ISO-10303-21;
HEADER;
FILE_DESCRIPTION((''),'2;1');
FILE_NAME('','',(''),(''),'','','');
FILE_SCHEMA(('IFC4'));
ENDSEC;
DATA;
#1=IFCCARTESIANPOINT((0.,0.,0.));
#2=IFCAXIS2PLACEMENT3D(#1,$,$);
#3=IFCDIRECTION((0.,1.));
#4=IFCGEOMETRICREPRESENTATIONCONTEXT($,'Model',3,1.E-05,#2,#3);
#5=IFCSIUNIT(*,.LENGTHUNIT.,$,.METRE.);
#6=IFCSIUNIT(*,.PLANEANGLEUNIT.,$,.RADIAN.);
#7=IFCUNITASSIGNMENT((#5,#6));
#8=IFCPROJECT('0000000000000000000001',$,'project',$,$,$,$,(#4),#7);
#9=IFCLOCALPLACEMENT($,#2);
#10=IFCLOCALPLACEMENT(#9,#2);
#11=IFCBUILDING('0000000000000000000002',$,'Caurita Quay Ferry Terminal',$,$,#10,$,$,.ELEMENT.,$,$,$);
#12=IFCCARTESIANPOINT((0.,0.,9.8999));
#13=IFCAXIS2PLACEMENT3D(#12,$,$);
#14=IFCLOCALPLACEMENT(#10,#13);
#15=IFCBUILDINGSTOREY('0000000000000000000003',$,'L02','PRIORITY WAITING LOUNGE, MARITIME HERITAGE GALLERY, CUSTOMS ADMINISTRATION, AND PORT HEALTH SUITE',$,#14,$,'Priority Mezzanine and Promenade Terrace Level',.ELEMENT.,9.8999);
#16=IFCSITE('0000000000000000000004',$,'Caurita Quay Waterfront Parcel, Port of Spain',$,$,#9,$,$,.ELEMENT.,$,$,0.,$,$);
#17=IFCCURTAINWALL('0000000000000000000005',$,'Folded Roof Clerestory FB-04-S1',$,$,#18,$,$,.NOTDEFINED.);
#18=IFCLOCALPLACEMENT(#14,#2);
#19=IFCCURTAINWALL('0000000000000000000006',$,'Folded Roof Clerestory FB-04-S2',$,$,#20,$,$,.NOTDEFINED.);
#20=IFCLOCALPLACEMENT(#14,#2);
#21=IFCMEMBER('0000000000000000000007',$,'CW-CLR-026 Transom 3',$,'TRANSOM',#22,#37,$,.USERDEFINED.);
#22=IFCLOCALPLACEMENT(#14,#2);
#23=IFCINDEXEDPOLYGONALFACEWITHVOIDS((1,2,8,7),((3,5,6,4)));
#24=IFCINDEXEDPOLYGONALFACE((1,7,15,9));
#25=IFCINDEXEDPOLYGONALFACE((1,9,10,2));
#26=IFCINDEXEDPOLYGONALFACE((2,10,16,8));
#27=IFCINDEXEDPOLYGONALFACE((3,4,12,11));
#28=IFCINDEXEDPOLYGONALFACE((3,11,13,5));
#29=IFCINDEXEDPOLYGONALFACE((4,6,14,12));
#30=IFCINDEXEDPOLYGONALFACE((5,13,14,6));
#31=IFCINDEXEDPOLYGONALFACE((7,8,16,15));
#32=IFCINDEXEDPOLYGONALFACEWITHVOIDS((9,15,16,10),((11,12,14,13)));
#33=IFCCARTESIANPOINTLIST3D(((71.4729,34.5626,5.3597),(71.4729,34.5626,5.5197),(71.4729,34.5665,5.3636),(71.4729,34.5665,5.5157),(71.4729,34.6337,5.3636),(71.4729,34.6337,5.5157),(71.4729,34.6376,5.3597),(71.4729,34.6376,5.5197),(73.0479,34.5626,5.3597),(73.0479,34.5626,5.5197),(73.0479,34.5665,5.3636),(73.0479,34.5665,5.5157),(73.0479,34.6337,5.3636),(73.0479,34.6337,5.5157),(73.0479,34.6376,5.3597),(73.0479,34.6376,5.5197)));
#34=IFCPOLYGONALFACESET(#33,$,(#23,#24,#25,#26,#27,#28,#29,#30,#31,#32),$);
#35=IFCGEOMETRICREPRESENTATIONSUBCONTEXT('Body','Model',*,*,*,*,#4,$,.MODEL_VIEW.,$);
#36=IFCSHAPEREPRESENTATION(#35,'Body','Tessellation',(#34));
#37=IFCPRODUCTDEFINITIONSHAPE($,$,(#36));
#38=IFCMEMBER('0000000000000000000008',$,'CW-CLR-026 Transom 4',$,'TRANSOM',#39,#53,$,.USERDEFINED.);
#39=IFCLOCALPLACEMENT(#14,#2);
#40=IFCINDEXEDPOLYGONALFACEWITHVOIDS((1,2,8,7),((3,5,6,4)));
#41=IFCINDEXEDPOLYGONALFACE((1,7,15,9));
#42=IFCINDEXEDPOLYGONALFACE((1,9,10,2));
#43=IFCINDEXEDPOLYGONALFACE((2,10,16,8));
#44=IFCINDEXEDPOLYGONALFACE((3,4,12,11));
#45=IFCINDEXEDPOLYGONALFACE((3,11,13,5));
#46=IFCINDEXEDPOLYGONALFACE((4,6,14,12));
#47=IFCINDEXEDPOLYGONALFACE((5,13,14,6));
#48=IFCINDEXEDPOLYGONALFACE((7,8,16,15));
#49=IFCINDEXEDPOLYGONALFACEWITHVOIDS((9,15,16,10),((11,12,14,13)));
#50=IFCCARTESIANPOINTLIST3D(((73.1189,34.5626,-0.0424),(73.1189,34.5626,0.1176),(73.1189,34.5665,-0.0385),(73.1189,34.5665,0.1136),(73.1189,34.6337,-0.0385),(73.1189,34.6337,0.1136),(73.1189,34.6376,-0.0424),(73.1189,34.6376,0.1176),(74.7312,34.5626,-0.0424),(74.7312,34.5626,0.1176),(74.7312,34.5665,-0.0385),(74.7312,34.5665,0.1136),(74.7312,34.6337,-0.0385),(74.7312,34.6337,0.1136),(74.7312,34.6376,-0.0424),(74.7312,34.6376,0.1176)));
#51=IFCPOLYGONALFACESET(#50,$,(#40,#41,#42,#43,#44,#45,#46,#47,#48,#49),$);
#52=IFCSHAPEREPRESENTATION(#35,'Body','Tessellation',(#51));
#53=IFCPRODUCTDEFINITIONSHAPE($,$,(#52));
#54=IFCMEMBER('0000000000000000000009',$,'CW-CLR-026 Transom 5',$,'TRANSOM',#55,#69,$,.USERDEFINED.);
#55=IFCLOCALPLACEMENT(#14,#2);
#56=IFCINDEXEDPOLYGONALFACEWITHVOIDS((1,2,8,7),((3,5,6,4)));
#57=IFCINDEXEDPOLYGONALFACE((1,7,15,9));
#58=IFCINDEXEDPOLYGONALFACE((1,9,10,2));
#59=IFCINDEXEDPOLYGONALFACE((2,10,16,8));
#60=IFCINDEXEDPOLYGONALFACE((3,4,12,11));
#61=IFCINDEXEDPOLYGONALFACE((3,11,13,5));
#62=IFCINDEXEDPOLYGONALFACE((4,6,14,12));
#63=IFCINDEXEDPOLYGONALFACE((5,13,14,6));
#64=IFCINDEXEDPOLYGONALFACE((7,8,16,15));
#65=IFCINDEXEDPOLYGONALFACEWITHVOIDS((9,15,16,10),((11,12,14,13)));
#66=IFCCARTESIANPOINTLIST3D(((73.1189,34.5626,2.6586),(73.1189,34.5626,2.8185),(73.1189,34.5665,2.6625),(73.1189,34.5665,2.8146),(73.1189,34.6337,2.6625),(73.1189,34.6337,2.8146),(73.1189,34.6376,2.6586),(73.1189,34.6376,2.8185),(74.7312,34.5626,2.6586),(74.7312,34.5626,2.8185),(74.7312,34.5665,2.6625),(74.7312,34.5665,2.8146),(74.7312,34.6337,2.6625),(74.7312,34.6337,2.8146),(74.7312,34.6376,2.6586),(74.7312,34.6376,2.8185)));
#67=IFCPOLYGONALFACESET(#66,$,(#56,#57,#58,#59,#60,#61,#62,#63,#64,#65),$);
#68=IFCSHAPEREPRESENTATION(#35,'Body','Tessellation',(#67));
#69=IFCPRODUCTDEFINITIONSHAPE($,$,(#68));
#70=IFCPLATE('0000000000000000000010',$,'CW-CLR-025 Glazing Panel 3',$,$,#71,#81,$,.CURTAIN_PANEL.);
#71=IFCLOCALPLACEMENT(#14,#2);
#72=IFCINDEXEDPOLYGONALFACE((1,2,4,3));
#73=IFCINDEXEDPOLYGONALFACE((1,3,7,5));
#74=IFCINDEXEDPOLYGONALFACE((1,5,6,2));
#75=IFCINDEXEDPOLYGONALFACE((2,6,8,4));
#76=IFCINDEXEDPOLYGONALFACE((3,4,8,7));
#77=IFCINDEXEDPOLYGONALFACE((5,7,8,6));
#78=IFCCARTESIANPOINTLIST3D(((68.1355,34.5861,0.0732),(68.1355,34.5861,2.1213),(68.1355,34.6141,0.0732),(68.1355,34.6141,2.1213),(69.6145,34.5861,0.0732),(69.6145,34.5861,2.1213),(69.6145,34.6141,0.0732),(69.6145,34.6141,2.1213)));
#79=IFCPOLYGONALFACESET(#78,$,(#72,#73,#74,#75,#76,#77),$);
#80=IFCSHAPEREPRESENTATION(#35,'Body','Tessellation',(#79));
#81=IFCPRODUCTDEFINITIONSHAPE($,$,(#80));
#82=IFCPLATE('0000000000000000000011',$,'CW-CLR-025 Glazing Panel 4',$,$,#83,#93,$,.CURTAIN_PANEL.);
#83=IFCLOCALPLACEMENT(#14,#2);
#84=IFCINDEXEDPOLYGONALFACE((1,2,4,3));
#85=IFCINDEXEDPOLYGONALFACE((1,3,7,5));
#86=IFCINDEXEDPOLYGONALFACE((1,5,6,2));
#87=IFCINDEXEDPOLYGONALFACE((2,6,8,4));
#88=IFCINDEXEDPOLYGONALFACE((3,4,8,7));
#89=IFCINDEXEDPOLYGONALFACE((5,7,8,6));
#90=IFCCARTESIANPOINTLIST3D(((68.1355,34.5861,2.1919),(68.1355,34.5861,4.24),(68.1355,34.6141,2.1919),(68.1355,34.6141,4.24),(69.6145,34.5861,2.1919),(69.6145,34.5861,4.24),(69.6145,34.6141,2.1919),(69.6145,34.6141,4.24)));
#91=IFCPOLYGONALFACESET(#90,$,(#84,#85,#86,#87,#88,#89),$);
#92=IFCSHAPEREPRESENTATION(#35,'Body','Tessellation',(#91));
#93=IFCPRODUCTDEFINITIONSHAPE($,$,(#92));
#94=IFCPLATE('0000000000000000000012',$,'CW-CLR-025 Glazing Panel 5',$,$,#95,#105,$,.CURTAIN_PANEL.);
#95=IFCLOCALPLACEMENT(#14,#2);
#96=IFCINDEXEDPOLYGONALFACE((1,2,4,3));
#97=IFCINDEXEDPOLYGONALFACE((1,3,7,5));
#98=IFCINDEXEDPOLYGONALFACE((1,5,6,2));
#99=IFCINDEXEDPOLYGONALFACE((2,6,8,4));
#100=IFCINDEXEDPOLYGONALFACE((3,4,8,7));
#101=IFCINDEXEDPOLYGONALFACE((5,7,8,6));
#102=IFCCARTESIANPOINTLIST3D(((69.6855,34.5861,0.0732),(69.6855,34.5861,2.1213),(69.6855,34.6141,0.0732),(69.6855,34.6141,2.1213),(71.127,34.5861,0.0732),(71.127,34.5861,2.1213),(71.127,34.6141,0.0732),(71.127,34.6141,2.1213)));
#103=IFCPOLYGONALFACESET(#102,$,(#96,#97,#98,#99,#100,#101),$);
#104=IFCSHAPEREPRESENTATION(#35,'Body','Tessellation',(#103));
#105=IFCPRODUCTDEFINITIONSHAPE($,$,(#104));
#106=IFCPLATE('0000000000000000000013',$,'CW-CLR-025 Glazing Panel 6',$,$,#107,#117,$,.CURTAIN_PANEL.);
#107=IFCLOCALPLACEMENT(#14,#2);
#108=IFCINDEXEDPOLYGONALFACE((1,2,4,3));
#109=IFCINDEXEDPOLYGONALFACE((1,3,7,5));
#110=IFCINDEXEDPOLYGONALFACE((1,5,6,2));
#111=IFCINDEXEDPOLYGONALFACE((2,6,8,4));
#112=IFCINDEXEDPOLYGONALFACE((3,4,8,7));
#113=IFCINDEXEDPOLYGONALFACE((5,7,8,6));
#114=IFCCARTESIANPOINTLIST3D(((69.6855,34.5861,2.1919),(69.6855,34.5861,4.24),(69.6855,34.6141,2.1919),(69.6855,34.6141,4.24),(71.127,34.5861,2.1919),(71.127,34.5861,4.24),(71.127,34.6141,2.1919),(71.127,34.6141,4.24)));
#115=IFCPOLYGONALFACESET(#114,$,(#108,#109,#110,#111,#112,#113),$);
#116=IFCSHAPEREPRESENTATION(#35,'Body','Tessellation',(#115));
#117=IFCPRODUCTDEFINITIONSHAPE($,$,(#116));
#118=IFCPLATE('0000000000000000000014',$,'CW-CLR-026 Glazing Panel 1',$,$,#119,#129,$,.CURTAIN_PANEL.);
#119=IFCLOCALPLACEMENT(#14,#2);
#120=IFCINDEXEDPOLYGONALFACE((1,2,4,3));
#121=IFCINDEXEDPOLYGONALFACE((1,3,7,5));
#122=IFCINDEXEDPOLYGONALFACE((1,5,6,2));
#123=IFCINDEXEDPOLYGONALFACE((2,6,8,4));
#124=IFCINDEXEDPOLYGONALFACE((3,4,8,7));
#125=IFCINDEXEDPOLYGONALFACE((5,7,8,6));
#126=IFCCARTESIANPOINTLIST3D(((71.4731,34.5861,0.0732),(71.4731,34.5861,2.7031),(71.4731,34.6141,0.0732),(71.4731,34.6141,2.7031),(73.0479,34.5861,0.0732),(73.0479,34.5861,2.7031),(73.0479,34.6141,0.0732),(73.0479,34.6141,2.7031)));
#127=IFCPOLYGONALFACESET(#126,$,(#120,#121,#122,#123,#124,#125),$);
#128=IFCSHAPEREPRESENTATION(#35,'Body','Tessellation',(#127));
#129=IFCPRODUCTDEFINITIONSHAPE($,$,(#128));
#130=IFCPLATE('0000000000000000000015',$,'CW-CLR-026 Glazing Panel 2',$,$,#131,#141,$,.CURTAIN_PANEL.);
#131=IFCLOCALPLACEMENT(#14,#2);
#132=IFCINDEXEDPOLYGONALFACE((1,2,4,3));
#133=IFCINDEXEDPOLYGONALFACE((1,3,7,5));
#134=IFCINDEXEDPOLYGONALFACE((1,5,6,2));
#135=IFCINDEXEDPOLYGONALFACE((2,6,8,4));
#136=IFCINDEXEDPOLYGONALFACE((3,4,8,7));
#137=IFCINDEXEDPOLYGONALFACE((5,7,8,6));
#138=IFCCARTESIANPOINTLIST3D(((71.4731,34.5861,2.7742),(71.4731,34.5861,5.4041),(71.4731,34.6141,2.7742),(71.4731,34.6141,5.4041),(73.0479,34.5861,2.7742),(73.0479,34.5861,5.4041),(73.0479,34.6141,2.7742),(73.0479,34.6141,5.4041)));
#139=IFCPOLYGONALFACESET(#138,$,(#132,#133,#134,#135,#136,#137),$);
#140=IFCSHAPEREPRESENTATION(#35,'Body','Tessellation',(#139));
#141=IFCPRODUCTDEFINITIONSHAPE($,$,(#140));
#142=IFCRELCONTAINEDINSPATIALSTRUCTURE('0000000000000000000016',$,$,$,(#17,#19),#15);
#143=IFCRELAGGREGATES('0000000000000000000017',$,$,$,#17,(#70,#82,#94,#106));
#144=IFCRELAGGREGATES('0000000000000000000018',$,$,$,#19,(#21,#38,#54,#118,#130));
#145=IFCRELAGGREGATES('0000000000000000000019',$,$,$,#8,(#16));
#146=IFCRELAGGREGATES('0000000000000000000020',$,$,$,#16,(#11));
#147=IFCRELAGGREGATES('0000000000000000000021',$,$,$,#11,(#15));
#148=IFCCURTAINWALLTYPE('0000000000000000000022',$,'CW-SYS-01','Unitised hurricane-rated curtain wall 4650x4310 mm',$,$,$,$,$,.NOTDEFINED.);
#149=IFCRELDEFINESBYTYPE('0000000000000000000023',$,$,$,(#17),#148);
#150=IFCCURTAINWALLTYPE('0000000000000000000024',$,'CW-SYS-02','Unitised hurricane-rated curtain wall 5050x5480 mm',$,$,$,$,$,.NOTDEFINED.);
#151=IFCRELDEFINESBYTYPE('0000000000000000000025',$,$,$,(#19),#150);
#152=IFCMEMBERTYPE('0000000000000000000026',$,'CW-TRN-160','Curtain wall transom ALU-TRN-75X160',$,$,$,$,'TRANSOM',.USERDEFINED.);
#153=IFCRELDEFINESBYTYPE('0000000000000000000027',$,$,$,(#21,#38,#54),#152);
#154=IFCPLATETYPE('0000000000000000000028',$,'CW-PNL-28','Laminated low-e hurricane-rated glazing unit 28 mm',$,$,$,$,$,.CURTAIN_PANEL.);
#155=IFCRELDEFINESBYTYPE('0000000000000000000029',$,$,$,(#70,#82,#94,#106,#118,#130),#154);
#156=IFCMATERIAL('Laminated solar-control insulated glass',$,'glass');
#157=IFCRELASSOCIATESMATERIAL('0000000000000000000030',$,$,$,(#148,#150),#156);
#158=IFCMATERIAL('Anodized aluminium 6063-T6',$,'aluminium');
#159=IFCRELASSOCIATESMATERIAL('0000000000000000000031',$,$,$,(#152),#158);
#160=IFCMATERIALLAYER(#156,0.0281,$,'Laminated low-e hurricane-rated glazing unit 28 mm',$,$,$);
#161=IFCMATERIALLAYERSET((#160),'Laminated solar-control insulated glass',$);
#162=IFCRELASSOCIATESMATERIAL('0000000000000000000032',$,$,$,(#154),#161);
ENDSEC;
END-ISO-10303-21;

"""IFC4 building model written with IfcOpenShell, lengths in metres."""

from ifc_helpers import new_model, si_unit, direction, frame, origin, origin_2d, place, context, subcontext, project, spatial, rectangle, hollow_rectangle, extrude, material, layer, layer_set, material_profile, profile_set, type_object, element, aggregate, save


model = new_model("IFC4")

# Units and contexts
model_context = context("Model", 3, precision=1e-05, world=origin(), true_north=direction((0.0, 1.0)))
body_context = subcontext(model_context, "Body", "Model", "MODEL_VIEW")
ifc_project = project(units=[si_unit("LENGTHUNIT", "METRE"), si_unit("PLANEANGLEUNIT", "RADIAN")], contexts=[model_context])

# Site, building, storey
site_placement = place(None, origin())
site = spatial("IfcSite", under=ifc_project, at=site_placement, Name="Caurita Quay Waterfront Parcel, Port of Spain", CompositionType="ELEMENT", RefElevation=0.0)
building_placement = place(site_placement, origin())
building = spatial("IfcBuilding", under=site, at=building_placement, Name="Caurita Quay Ferry Terminal", CompositionType="ELEMENT")
storey_placement = place(building_placement, frame((0.0, 0.0, 9.8999)))
storey = spatial("IfcBuildingStorey", under=building, at=storey_placement, Name="L02", Description="PRIORITY WAITING LOUNGE, MARITIME HERITAGE GALLERY, CUSTOMS ADMINISTRATION, AND PORT HEALTH SUITE", LongName="Priority Mezzanine and Promenade Terrace Level", CompositionType="ELEMENT", Elevation=9.8999)

# Curtain walls
ifc_material_1 = material(Name="Laminated solar-control insulated glass", Category="glass")
curtain_wall_type_1 = type_object("IfcCurtainWallType", Name="CW-SYS-01", Description="Unitised hurricane-rated curtain wall 4650x4310 mm", PredefinedType="NOTDEFINED", material=ifc_material_1)
curtain_wall_1_placement = place(storey_placement, origin())
curtain_wall_1 = element("IfcCurtainWall", 1, at=curtain_wall_1_placement, inside=storey, type_object=curtain_wall_type_1, Name="Folded Roof Clerestory FB-04-S1", PredefinedType="NOTDEFINED")
ifc_material_2 = material(Name="Anodized aluminium 6063-T6", Category="aluminium")
curtain_wall_type_2 = type_object("IfcCurtainWallType", Name="CW-SYS-02", Description="Unitised hurricane-rated curtain wall 5050x5480 mm", PredefinedType="NOTDEFINED", material=ifc_material_1)
curtain_wall_2_placement = place(storey_placement, origin())
curtain_wall_2 = element("IfcCurtainWall", 2, at=curtain_wall_2_placement, inside=storey, type_object=curtain_wall_type_2, Name="Folded Roof Clerestory FB-04-S2", PredefinedType="NOTDEFINED")

# Members
ifc_material_profile_1 = material_profile(ifc_material_2, hollow_rectangle(XDim=0.075, YDim=0.1599, WallThickness=0.0039, at=origin_2d()), Name="ALU-TRN-75X160")
ifc_profile_set_1 = profile_set([ifc_material_profile_1], Name="Anodized aluminium 6063-T6")
member_type_1 = type_object("IfcMemberType", Name="CW-TRN-160", Description="Curtain wall transom ALU-TRN-75X160", ElementType="TRANSOM", PredefinedType="USERDEFINED", material=ifc_profile_set_1)
member_1_placement = place(storey_placement, frame((71.4729, 34.6001, 5.4397), z_axis=(1.0, 0.0, 0.0), x_axis=(0.0, 1.0, 0.0)))
member_1 = element("IfcMember", 3, at=member_1_placement, type_object=member_type_1, Name="CW-CLR-026 Transom 3", ObjectType="TRANSOM", PredefinedType="USERDEFINED", context=body_context, shape_type="SweptSolid", body=[
    extrude(hollow_rectangle(XDim=0.075, YDim=0.1599, WallThickness=0.0039, at=origin_2d()), origin(), (0.0, 0.0, 1.0), 1.575),
])
member_2_placement = place(storey_placement, frame((73.1189, 34.6001, 0.0376), z_axis=(1.0, 0.0, 0.0), x_axis=(0.0, 1.0, 0.0)))
member_2 = element("IfcMember", 4, at=member_2_placement, type_object=member_type_1, Name="CW-CLR-026 Transom 4", ObjectType="TRANSOM", PredefinedType="USERDEFINED", context=body_context, shape_type="SweptSolid", body=[
    extrude(hollow_rectangle(XDim=0.075, YDim=0.1599, WallThickness=0.0039, at=origin_2d()), origin(), (0.0, 0.0, 1.0), 1.6123),
])
member_3_placement = place(storey_placement, frame((73.1189, 34.6001, 2.7385), z_axis=(1.0, 0.0, 0.0), x_axis=(0.0, 1.0, 0.0)))
member_3 = element("IfcMember", 5, at=member_3_placement, type_object=member_type_1, Name="CW-CLR-026 Transom 5", ObjectType="TRANSOM", PredefinedType="USERDEFINED", context=body_context, shape_type="SweptSolid", body=[
    extrude(hollow_rectangle(XDim=0.075, YDim=0.1599, WallThickness=0.0039, at=origin_2d()), origin(), (0.0, 0.0, 1.0), 1.6123),
])

# Plates
ifc_layer = layer(ifc_material_1, 0.0281, Name="Laminated low-e hurricane-rated glazing unit 28 mm")
ifc_layer_set = layer_set([ifc_layer], Name="Laminated solar-control insulated glass")
plate_type = type_object("IfcPlateType", Name="CW-PNL-28", Description="Laminated low-e hurricane-rated glazing unit 28 mm", PredefinedType="CURTAIN_PANEL", material=ifc_layer_set)
plate_1_placement = place(storey_placement, frame((68.875, 34.6001, 0.0732), z_axis=(0.0, 0.0, 1.0), x_axis=(1.0, 0.0, 0.0)))
plate_1 = element("IfcPlate", 6, at=plate_1_placement, type_object=plate_type, Name="CW-CLR-025 Glazing Panel 3", PredefinedType="CURTAIN_PANEL", context=body_context, shape_type="SweptSolid", body=[
    extrude(rectangle(XDim=1.479, YDim=0.0281, at=origin_2d()), origin(), (0.0, 0.0, 1.0), 2.0481),
])
plate_2_placement = place(storey_placement, frame((68.875, 34.6001, 2.1919), z_axis=(0.0, 0.0, 1.0), x_axis=(1.0, 0.0, 0.0)))
plate_2 = element("IfcPlate", 7, at=plate_2_placement, type_object=plate_type, Name="CW-CLR-025 Glazing Panel 4", PredefinedType="CURTAIN_PANEL", context=body_context, shape_type="SweptSolid", body=[
    extrude(rectangle(XDim=1.479, YDim=0.0281, at=origin_2d()), origin(), (0.0, 0.0, 1.0), 2.0481),
])
plate_3_placement = place(storey_placement, frame((70.4062, 34.6001, 0.0732), z_axis=(0.0, 0.0, 1.0), x_axis=(1.0, 0.0, 0.0)))
plate_3 = element("IfcPlate", 8, at=plate_3_placement, type_object=plate_type, Name="CW-CLR-025 Glazing Panel 5", PredefinedType="CURTAIN_PANEL", context=body_context, shape_type="SweptSolid", body=[
    extrude(rectangle(XDim=1.4414, YDim=0.0281, at=origin_2d()), origin(), (0.0, 0.0, 1.0), 2.0481),
])
plate_4_placement = place(storey_placement, frame((70.4062, 34.6001, 2.1919), z_axis=(0.0, 0.0, 1.0), x_axis=(1.0, 0.0, 0.0)))
plate_4 = element("IfcPlate", 9, at=plate_4_placement, type_object=plate_type, Name="CW-CLR-025 Glazing Panel 6", PredefinedType="CURTAIN_PANEL", context=body_context, shape_type="SweptSolid", body=[
    extrude(rectangle(XDim=1.4414, YDim=0.0281, at=origin_2d()), origin(), (0.0, 0.0, 1.0), 2.0481),
])
aggregate(curtain_wall_1, [plate_1, plate_2, plate_3, plate_4])
plate_5_placement = place(storey_placement, frame((72.2605, 34.6001, 0.0732), z_axis=(0.0, 0.0, 1.0), x_axis=(1.0, 0.0, 0.0)))
plate_5 = element("IfcPlate", 10, at=plate_5_placement, type_object=plate_type, Name="CW-CLR-026 Glazing Panel 1", PredefinedType="CURTAIN_PANEL", context=body_context, shape_type="SweptSolid", body=[
    extrude(rectangle(XDim=1.5747, YDim=0.0281, at=origin_2d()), origin(), (0.0, 0.0, 1.0), 2.6299),
])
plate_6_placement = place(storey_placement, frame((72.2605, 34.6001, 2.7742), z_axis=(0.0, 0.0, 1.0), x_axis=(1.0, 0.0, 0.0)))
plate_6 = element("IfcPlate", 11, at=plate_6_placement, type_object=plate_type, Name="CW-CLR-026 Glazing Panel 2", PredefinedType="CURTAIN_PANEL", context=body_context, shape_type="SweptSolid", body=[
    extrude(rectangle(XDim=1.5747, YDim=0.0281, at=origin_2d()), origin(), (0.0, 0.0, 1.0), 2.6299),
])
aggregate(curtain_wall_2, [member_1, member_2, member_3, plate_5, plate_6])

save(model, "model.ifc")
